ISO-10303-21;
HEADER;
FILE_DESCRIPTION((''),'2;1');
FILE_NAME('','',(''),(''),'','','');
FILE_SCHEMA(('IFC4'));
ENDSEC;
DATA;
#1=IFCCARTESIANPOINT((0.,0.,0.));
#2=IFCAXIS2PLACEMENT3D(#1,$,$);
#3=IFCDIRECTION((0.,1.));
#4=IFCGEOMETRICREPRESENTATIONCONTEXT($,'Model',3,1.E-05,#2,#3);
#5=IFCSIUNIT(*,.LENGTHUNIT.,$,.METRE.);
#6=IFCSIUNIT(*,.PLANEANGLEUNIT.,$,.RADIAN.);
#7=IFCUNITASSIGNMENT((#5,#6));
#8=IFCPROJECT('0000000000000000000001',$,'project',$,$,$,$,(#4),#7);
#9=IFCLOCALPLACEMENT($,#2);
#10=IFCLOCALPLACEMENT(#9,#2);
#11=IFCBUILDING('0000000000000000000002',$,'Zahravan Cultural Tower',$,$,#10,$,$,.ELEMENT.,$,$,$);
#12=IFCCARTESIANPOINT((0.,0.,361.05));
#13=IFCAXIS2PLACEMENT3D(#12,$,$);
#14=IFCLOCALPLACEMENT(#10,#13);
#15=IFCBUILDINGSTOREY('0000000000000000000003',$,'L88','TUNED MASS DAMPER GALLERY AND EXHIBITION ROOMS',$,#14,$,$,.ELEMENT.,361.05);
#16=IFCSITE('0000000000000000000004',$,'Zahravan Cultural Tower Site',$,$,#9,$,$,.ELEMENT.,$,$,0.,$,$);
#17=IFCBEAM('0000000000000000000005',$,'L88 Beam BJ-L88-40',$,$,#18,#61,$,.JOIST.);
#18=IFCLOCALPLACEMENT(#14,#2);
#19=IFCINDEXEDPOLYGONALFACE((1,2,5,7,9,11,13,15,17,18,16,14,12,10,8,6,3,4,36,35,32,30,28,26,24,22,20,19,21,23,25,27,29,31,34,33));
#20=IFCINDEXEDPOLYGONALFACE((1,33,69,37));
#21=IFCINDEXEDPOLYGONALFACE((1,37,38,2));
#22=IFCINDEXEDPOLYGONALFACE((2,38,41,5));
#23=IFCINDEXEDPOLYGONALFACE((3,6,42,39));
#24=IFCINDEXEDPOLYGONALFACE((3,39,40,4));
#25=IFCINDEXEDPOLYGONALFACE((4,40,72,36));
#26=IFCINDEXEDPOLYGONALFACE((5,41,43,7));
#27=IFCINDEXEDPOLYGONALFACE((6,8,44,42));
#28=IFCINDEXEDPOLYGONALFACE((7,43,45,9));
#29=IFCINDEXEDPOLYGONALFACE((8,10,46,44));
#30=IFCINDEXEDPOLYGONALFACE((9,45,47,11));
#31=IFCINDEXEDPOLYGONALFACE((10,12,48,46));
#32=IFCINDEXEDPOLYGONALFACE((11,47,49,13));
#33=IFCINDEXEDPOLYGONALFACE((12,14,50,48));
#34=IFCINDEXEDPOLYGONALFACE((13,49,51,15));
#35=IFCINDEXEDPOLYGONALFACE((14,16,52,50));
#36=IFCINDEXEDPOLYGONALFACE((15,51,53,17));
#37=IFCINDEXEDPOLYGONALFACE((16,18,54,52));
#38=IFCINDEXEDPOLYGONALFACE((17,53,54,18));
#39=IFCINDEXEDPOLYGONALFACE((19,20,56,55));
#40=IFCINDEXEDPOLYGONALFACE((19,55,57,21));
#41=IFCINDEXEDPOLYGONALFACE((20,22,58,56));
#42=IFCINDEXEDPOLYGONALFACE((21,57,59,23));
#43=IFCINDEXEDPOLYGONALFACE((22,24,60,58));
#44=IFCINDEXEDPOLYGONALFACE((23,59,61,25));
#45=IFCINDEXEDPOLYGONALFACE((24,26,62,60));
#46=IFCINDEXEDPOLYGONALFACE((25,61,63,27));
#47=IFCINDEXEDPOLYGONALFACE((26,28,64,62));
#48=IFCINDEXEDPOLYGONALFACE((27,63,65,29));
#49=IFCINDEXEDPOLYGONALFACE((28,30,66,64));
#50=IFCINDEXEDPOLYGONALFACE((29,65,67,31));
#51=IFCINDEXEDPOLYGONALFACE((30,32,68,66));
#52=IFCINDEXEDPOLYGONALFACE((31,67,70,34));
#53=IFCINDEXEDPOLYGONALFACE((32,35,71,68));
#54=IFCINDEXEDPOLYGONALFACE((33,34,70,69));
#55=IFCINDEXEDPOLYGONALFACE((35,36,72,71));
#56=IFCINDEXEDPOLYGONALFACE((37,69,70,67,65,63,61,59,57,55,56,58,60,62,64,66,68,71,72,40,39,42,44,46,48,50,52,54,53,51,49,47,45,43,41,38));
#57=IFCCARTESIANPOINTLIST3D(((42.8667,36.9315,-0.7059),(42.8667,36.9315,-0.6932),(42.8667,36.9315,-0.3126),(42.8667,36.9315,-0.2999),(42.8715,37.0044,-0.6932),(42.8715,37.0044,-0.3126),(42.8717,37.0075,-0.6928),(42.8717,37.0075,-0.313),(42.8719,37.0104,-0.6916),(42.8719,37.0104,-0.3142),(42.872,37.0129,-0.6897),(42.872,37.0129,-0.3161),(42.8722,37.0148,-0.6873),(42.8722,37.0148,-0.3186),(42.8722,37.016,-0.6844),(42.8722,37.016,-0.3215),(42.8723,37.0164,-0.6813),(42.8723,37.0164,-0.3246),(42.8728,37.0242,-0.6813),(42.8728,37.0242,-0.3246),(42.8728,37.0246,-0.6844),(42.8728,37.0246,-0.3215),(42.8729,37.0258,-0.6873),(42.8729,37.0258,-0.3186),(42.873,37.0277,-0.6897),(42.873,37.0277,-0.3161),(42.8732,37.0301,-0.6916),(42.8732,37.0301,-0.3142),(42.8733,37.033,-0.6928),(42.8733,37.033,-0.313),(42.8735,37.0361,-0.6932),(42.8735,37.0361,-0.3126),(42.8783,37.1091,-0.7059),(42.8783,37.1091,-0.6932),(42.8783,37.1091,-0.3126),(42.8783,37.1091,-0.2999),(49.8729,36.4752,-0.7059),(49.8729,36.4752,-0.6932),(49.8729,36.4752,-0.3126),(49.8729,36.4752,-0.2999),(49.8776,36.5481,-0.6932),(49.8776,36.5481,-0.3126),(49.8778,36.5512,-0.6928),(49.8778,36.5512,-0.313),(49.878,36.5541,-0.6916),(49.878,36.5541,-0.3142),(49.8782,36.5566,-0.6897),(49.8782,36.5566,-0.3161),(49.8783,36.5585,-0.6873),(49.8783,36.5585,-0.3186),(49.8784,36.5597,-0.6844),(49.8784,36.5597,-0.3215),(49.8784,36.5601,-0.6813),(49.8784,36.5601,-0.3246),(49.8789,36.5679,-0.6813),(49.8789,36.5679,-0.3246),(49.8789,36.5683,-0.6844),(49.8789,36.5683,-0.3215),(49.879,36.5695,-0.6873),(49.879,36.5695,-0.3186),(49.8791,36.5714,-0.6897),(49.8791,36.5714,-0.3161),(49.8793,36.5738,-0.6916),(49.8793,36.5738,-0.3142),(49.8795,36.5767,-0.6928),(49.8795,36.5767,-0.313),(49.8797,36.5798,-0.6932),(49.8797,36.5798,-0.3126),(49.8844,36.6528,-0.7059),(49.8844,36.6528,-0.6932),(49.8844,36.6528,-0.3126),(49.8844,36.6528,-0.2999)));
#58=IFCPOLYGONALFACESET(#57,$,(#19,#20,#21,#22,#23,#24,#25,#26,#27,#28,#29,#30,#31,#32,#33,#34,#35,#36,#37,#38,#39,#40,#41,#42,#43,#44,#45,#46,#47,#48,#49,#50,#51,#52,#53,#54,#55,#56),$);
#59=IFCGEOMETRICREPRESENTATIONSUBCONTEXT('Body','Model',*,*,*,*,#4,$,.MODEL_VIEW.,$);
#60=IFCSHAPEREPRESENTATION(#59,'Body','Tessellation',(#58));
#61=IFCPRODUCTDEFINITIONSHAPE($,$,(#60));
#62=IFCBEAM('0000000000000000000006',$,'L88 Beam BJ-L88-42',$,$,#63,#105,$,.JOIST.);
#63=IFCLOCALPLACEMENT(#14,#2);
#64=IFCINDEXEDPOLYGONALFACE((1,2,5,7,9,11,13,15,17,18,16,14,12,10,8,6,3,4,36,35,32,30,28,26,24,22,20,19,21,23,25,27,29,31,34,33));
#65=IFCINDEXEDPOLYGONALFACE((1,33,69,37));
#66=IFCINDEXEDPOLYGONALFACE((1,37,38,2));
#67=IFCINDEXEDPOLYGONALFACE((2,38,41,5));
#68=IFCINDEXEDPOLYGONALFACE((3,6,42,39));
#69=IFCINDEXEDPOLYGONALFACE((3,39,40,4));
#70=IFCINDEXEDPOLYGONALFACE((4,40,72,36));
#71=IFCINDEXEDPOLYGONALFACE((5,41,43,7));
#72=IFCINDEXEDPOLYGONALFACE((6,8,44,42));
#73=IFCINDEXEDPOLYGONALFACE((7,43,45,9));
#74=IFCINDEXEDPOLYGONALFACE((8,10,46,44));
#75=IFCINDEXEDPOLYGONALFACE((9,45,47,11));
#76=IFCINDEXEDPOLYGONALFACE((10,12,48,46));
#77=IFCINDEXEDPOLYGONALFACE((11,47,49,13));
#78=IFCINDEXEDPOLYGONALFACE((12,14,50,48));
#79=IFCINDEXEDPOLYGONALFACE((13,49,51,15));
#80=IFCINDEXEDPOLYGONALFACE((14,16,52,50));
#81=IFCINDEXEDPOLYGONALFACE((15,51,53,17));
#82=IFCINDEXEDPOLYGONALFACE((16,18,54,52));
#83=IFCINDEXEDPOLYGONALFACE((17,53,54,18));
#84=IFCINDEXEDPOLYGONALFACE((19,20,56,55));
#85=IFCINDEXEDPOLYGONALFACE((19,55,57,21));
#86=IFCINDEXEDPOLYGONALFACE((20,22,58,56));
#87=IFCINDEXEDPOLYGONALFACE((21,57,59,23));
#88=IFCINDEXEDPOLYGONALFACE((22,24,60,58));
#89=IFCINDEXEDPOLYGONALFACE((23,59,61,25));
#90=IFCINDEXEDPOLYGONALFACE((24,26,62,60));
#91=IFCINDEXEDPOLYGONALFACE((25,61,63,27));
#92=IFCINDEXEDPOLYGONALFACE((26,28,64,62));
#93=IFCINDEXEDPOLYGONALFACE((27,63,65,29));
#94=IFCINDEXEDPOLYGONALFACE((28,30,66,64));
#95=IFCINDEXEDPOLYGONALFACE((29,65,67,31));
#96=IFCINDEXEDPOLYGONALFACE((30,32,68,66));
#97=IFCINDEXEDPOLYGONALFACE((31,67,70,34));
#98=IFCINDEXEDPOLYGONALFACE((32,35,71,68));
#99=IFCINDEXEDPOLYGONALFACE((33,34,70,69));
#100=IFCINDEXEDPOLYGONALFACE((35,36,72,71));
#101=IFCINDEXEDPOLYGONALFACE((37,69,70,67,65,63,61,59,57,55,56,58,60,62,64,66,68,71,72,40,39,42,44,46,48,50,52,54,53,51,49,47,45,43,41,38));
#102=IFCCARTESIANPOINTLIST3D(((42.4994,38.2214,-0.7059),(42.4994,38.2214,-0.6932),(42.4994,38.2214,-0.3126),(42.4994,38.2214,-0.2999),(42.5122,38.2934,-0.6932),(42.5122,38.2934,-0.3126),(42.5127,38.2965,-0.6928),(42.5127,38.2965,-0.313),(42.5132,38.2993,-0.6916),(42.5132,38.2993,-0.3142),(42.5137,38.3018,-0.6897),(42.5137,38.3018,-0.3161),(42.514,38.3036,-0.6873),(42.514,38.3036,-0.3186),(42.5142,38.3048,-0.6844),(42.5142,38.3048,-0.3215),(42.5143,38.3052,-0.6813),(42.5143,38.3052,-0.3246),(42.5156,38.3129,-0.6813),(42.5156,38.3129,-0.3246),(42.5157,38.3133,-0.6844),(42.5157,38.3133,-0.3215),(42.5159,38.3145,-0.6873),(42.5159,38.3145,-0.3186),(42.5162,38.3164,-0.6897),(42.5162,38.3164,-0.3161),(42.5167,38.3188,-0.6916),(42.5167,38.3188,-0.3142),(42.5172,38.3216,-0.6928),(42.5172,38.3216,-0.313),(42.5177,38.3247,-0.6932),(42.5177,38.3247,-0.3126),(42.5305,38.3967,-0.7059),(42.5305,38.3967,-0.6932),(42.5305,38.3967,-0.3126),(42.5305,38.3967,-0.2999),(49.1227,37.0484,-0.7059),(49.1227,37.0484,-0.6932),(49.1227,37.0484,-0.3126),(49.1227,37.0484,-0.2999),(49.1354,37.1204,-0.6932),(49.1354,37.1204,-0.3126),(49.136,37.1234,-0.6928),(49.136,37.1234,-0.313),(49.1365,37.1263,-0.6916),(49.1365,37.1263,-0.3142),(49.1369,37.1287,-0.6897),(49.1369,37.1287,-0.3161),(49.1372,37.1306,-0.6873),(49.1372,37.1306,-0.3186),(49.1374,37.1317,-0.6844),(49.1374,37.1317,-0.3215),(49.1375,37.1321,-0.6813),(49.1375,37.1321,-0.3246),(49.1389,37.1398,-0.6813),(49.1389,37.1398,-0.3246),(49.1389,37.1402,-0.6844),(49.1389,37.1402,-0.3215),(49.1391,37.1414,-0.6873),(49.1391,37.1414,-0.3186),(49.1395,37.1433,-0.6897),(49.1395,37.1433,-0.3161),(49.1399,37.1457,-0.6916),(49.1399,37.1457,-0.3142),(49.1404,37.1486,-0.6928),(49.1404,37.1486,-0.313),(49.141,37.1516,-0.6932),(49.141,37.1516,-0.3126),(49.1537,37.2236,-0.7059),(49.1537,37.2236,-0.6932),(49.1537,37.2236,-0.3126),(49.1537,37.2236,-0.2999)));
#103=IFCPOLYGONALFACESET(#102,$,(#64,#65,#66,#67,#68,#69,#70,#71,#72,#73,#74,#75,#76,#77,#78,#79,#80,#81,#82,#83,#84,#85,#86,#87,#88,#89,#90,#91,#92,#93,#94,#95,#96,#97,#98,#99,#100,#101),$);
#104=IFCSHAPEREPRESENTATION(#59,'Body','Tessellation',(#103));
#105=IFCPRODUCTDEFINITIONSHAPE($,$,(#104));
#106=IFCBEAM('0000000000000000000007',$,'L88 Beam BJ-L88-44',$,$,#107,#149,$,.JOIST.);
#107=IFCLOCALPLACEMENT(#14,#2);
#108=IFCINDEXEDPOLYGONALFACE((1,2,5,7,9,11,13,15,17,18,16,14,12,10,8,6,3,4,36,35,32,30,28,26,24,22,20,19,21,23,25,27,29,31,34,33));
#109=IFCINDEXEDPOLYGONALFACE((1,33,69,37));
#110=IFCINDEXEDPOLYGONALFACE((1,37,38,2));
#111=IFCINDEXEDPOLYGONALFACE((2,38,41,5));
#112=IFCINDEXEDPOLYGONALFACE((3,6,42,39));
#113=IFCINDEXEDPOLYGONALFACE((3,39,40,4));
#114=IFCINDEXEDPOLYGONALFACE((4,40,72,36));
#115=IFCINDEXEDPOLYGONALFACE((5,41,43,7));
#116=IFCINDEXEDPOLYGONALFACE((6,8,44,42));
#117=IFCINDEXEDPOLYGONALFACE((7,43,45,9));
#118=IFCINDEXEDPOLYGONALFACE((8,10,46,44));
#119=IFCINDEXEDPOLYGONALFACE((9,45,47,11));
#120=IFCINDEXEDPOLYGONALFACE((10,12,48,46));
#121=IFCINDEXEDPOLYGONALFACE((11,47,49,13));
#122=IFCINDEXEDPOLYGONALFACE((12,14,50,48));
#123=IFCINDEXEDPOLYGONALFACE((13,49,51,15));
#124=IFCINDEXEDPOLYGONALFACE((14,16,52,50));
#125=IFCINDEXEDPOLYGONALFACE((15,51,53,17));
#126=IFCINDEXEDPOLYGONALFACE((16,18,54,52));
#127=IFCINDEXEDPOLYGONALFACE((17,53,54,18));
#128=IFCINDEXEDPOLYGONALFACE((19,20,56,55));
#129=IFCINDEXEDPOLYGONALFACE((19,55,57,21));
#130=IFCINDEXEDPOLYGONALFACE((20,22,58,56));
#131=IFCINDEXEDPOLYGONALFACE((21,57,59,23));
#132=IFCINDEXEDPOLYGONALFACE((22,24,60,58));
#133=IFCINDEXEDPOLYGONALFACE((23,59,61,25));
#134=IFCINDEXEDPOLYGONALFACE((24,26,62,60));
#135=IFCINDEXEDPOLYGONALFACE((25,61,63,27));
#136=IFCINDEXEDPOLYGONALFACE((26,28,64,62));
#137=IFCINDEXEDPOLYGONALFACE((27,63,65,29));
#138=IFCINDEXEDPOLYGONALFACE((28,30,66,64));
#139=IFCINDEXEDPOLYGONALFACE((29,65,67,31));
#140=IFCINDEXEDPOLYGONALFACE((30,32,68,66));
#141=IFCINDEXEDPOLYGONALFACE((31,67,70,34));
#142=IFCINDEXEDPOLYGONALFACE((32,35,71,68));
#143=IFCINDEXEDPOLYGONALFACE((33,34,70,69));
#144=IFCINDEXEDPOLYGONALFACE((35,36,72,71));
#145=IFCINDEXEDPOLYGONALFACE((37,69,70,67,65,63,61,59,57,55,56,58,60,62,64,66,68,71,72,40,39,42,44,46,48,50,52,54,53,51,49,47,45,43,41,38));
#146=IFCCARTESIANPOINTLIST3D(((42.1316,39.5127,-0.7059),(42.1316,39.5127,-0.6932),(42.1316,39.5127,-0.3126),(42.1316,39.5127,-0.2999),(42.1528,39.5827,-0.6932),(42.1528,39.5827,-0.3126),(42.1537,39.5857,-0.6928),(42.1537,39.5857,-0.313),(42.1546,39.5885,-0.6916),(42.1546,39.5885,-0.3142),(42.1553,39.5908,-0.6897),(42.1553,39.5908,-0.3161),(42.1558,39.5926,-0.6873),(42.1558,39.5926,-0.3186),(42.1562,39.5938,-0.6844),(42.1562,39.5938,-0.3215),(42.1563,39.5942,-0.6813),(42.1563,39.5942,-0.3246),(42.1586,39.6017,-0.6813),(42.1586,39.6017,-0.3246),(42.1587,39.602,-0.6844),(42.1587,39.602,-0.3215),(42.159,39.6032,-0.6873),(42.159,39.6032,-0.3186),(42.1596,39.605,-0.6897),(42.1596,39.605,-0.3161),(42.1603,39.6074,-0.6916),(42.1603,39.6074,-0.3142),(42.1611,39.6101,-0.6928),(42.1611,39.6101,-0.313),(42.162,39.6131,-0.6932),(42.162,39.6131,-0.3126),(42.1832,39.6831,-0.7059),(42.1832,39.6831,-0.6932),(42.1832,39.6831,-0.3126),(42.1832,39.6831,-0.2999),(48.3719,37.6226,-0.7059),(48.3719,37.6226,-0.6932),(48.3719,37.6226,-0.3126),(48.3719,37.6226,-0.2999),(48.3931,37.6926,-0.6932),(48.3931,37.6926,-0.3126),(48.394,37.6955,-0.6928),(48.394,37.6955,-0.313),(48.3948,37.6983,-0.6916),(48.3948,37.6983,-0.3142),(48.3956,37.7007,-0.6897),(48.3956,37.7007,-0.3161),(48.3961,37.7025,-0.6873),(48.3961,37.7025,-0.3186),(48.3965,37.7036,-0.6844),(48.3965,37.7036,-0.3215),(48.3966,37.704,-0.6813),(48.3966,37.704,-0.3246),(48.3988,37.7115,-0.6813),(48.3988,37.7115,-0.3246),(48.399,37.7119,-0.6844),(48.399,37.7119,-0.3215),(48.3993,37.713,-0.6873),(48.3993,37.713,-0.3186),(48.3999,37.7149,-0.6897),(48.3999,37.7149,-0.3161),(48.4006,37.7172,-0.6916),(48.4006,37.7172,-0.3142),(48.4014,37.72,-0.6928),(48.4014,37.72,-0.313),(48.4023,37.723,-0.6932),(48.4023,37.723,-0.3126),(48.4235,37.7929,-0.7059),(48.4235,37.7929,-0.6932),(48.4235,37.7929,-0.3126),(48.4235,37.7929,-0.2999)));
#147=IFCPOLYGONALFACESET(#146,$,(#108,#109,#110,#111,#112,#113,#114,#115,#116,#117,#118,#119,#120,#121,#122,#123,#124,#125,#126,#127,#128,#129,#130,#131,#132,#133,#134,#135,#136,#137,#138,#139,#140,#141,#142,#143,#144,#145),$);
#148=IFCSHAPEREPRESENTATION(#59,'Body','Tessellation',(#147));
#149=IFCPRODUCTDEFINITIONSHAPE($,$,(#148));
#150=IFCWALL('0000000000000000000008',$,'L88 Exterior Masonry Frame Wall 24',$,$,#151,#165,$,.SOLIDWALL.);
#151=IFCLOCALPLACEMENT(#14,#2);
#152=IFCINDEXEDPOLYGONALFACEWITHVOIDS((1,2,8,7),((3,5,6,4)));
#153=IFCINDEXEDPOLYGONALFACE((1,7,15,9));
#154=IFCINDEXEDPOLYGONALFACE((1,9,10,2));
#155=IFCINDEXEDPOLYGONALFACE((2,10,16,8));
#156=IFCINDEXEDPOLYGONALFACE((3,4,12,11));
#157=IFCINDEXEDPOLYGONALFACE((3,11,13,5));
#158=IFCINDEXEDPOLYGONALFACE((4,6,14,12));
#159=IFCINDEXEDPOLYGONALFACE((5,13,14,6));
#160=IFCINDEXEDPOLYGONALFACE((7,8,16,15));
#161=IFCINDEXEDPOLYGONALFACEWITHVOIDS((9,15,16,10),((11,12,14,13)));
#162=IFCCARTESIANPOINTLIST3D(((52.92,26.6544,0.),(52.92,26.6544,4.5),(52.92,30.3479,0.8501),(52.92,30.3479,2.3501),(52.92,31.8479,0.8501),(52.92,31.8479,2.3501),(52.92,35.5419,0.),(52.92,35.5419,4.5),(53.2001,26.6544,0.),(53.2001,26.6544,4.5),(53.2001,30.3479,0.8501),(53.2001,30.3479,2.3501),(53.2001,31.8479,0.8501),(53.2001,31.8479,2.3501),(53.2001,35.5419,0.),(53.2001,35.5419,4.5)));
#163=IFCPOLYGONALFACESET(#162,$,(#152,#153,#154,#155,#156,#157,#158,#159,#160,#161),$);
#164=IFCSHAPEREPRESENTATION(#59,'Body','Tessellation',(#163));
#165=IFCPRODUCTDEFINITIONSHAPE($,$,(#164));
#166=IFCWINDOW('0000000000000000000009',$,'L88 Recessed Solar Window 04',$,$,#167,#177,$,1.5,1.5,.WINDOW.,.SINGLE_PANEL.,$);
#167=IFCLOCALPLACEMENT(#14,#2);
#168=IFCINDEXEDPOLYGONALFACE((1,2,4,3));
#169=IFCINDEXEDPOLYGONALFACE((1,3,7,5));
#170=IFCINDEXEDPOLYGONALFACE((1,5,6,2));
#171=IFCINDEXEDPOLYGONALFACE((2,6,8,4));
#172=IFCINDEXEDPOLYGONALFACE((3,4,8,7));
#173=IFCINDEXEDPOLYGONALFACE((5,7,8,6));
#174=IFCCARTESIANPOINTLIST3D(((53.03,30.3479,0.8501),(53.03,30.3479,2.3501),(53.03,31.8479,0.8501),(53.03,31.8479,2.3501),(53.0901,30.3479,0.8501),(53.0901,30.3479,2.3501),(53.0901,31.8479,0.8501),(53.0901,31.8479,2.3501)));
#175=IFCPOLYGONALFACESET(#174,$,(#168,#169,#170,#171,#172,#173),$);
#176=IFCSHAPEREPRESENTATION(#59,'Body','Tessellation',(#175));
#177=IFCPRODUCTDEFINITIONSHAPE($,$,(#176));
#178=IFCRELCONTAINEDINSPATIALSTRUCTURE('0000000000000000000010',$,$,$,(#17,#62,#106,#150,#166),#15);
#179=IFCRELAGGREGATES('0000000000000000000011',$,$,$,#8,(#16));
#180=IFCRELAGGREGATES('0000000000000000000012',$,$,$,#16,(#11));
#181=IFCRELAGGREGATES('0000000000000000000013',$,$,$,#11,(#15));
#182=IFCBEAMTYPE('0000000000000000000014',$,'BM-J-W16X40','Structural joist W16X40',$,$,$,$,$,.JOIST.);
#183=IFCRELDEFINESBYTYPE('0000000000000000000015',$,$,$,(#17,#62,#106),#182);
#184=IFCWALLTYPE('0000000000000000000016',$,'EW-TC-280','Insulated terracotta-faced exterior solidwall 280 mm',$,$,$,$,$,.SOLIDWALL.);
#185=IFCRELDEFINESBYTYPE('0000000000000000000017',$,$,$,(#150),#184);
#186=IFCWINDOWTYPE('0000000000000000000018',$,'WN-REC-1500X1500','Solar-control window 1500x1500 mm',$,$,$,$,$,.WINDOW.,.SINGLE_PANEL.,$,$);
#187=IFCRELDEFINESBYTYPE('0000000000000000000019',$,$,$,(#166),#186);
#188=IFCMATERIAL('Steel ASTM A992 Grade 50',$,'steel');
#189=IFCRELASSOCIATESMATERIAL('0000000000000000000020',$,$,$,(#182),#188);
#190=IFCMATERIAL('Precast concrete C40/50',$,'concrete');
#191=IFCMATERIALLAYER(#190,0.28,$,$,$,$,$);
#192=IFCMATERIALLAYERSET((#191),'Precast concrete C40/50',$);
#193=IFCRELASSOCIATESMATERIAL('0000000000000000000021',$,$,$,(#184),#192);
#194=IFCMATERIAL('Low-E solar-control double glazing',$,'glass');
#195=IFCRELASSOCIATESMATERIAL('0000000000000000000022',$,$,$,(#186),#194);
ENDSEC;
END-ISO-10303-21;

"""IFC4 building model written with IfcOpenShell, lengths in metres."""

from ifc_helpers import new_model, si_unit, direction, frame, frame_2d, origin, origin_2d, place, context, subcontext, project, spatial, rectangle, i_section, extrude, source, transform, mapped, material, layer, layer_set, material_profile, profile_set, type_object, element, fill, save


model = new_model("IFC4")

# Units and contexts
model_context = context("Model", 3, precision=1e-05, world=origin(), true_north=direction((0.0, 1.0)))
body_context = subcontext(model_context, "Body", "Model", "MODEL_VIEW")
ifc_project = project(units=[si_unit("LENGTHUNIT", "METRE"), si_unit("PLANEANGLEUNIT", "RADIAN")], contexts=[model_context])

# Site, building, storey
site_placement = place(None, origin())
site = spatial("IfcSite", under=ifc_project, at=site_placement, Name="Zahravan Cultural Tower Site", CompositionType="ELEMENT", RefElevation=0.0)
building_placement = place(site_placement, origin())
building = spatial("IfcBuilding", under=site, at=building_placement, Name="Zahravan Cultural Tower", CompositionType="ELEMENT")
storey_placement = place(building_placement, frame((0.0, 0.0, 361.05)))
storey = spatial("IfcBuildingStorey", under=building, at=storey_placement, Name="L88", Description="TUNED MASS DAMPER GALLERY AND EXHIBITION ROOMS", CompositionType="ELEMENT", Elevation=361.05)

# Shared definitions
ifc_material_1 = material(Name="Steel ASTM A992 Grade 50", Category="steel")

# Beams
ifc_material_profile_1 = material_profile(ifc_material_1, i_section(OverallWidth=0.178, OverallDepth=0.406, WebThickness=0.0078, FlangeThickness=0.0127, FilletRadius=0.012, at=origin_2d()), Name="W16X40")
ifc_profile_set_1 = profile_set([ifc_material_profile_1], Name="Steel ASTM A992 Grade 50")
beam_type_1 = type_object("IfcBeamType", Name="BM-J-W16X40", Description="Structural joist W16X40", PredefinedType="JOIST", material=ifc_profile_set_1)
shared_shape_1 = source(origin(), body_context, "Body", "SweptSolid", [
    extrude(i_section(OverallWidth=0.178, OverallDepth=0.406, WebThickness=0.0078, FlangeThickness=0.0127, FilletRadius=0.012, at=origin_2d()), origin(), (0.0, 0.0, 1.0), 7.021),
])
beam_1_placement = place(storey_placement, frame((49.8787, 36.564, -0.5029), z_axis=(-0.997886, 0.064991, 0.0), x_axis=(-0.064991, -0.997886, 0.0)))
element("IfcBeam", 1, at=beam_1_placement, inside=storey, type_object=beam_type_1, Name="L88 Beam BJ-L88-40", PredefinedType="JOIST", context=body_context, shape_type="MappedRepresentation", body=[
    mapped(shared_shape_1, transform((0.0, 0.0, 0.0), x_axis=(1.0, 0.0, 0.0), y_axis=(0.0, 1.0, 0.0), z_axis=(0.0, 0.0, 1.0), scale=1.0)),
])
shared_shape_2 = source(origin(), body_context, "Body", "SweptSolid", [
    extrude(i_section(OverallWidth=0.178, OverallDepth=0.406, WebThickness=0.0078, FlangeThickness=0.0127, FilletRadius=0.012, at=origin_2d()), origin(), (0.0, 0.0, 1.0), 6.7263),
])
beam_2_placement = place(storey_placement, frame((49.1382, 37.136, -0.5029), z_axis=(-0.984674, 0.174402, 0.0), x_axis=(-0.174402, -0.984674, 0.0)))
element("IfcBeam", 2, at=beam_2_placement, inside=storey, type_object=beam_type_1, Name="L88 Beam BJ-L88-42", PredefinedType="JOIST", context=body_context, shape_type="MappedRepresentation", body=[
    mapped(shared_shape_2, transform((0.0, 0.0, 0.0), x_axis=(1.0, 0.0, 0.0), y_axis=(0.0, 1.0, 0.0), z_axis=(0.0, 0.0, 1.0), scale=1.0)),
])
shared_shape_3 = source(origin(), body_context, "Body", "SweptSolid", [
    extrude(i_section(OverallWidth=0.178, OverallDepth=0.406, WebThickness=0.0078, FlangeThickness=0.0127, FilletRadius=0.012, at=origin_2d()), origin(), (0.0, 0.0, 1.0), 6.5203),
])
beam_3_placement = place(storey_placement, frame((48.3977, 37.7078, -0.5029), z_axis=(-0.95706, 0.289889, 0.0), x_axis=(-0.289889, -0.95706, 0.0)))
element("IfcBeam", 3, at=beam_3_placement, inside=storey, type_object=beam_type_1, Name="L88 Beam BJ-L88-44", PredefinedType="JOIST", context=body_context, shape_type="MappedRepresentation", body=[
    mapped(shared_shape_3, transform((0.0, 0.0, 0.0), x_axis=(1.0, 0.0, 0.0), y_axis=(0.0, 1.0, 0.0), z_axis=(0.0, 0.0, 1.0), scale=1.0)),
])

# Wall, opening, window
ifc_material_2 = material(Name="Precast concrete C40/50", Category="concrete")
ifc_layer_1 = layer(ifc_material_2, 0.28)
ifc_layer_set_1 = layer_set([ifc_layer_1], Name="Precast concrete C40/50")
wall_type_1 = type_object("IfcWallType", Name="EW-TC-280", Description="Insulated terracotta-faced exterior solidwall 280 mm", PredefinedType="SOLIDWALL", material=ifc_layer_set_1)
wall_1_placement = place(storey_placement, frame((53.0601, 35.542, 0.0), z_axis=(0.0, 0.0, 1.0), x_axis=(0.0, -1.0, 0.0)))
wall_1 = element("IfcWall", 4, at=wall_1_placement, inside=storey, type_object=wall_type_1, Name="L88 Exterior Masonry Frame Wall 24", PredefinedType="SOLIDWALL", context=body_context, shape_type="SweptSolid", body=[
    extrude(rectangle(XDim=8.8875, YDim=0.28, at=frame_2d((4.4438, 0.0))), origin(), (0.0, 0.0, 1.0), 4.5),
])
opening_placement = place(wall_1_placement, frame((3.6941, 0.0, 0.8501)))
opening = element("IfcOpeningElement", 5, at=opening_placement, cuts=wall_1, PredefinedType="OPENING", context=body_context, shape_type="SweptSolid", body=[
    extrude(rectangle(XDim=1.5, YDim=1.5, at=frame_2d((0.75, 0.75))), frame((0.0, 0.1499, 0.0), z_axis=(0.0, -1.0, 0.0), x_axis=(1.0, 0.0, 0.0)), (0.0, 0.0, 1.0), 0.3),
])
ifc_material_3 = material(Name="Low-E solar-control double glazing", Category="glass")
window_type = type_object("IfcWindowType", Name="WN-REC-1500X1500", Description="Solar-control window 1500x1500 mm", PartitioningType="SINGLE_PANEL", PredefinedType="WINDOW", material=ifc_material_3)
shared_shape_4 = source(origin(), body_context, "Body", "SweptSolid", [
    extrude(rectangle(XDim=1.5, YDim=1.5, at=frame_2d((0.75, 0.75))), frame((0.0, 0.03, 0.0), z_axis=(0.0, -1.0, 0.0), x_axis=(1.0, 0.0, 0.0)), (0.0, 0.0, 1.0), 0.0601),
])
window_placement = place(opening_placement, origin())
window = element("IfcWindow", 6, at=window_placement, inside=storey, type_object=window_type, Name="L88 Recessed Solar Window 04", OverallHeight=1.5, OverallWidth=1.5, PartitioningType="SINGLE_PANEL", PredefinedType="WINDOW", context=body_context, shape_type="MappedRepresentation", body=[
    mapped(shared_shape_4, transform((0.0, 0.0, 0.0), x_axis=(1.0, 0.0, 0.0), y_axis=(0.0, 1.0, 0.0), z_axis=(0.0, 0.0, 1.0), scale=1.0)),
])
fill(opening, window)

save(model, "model.ifc")
